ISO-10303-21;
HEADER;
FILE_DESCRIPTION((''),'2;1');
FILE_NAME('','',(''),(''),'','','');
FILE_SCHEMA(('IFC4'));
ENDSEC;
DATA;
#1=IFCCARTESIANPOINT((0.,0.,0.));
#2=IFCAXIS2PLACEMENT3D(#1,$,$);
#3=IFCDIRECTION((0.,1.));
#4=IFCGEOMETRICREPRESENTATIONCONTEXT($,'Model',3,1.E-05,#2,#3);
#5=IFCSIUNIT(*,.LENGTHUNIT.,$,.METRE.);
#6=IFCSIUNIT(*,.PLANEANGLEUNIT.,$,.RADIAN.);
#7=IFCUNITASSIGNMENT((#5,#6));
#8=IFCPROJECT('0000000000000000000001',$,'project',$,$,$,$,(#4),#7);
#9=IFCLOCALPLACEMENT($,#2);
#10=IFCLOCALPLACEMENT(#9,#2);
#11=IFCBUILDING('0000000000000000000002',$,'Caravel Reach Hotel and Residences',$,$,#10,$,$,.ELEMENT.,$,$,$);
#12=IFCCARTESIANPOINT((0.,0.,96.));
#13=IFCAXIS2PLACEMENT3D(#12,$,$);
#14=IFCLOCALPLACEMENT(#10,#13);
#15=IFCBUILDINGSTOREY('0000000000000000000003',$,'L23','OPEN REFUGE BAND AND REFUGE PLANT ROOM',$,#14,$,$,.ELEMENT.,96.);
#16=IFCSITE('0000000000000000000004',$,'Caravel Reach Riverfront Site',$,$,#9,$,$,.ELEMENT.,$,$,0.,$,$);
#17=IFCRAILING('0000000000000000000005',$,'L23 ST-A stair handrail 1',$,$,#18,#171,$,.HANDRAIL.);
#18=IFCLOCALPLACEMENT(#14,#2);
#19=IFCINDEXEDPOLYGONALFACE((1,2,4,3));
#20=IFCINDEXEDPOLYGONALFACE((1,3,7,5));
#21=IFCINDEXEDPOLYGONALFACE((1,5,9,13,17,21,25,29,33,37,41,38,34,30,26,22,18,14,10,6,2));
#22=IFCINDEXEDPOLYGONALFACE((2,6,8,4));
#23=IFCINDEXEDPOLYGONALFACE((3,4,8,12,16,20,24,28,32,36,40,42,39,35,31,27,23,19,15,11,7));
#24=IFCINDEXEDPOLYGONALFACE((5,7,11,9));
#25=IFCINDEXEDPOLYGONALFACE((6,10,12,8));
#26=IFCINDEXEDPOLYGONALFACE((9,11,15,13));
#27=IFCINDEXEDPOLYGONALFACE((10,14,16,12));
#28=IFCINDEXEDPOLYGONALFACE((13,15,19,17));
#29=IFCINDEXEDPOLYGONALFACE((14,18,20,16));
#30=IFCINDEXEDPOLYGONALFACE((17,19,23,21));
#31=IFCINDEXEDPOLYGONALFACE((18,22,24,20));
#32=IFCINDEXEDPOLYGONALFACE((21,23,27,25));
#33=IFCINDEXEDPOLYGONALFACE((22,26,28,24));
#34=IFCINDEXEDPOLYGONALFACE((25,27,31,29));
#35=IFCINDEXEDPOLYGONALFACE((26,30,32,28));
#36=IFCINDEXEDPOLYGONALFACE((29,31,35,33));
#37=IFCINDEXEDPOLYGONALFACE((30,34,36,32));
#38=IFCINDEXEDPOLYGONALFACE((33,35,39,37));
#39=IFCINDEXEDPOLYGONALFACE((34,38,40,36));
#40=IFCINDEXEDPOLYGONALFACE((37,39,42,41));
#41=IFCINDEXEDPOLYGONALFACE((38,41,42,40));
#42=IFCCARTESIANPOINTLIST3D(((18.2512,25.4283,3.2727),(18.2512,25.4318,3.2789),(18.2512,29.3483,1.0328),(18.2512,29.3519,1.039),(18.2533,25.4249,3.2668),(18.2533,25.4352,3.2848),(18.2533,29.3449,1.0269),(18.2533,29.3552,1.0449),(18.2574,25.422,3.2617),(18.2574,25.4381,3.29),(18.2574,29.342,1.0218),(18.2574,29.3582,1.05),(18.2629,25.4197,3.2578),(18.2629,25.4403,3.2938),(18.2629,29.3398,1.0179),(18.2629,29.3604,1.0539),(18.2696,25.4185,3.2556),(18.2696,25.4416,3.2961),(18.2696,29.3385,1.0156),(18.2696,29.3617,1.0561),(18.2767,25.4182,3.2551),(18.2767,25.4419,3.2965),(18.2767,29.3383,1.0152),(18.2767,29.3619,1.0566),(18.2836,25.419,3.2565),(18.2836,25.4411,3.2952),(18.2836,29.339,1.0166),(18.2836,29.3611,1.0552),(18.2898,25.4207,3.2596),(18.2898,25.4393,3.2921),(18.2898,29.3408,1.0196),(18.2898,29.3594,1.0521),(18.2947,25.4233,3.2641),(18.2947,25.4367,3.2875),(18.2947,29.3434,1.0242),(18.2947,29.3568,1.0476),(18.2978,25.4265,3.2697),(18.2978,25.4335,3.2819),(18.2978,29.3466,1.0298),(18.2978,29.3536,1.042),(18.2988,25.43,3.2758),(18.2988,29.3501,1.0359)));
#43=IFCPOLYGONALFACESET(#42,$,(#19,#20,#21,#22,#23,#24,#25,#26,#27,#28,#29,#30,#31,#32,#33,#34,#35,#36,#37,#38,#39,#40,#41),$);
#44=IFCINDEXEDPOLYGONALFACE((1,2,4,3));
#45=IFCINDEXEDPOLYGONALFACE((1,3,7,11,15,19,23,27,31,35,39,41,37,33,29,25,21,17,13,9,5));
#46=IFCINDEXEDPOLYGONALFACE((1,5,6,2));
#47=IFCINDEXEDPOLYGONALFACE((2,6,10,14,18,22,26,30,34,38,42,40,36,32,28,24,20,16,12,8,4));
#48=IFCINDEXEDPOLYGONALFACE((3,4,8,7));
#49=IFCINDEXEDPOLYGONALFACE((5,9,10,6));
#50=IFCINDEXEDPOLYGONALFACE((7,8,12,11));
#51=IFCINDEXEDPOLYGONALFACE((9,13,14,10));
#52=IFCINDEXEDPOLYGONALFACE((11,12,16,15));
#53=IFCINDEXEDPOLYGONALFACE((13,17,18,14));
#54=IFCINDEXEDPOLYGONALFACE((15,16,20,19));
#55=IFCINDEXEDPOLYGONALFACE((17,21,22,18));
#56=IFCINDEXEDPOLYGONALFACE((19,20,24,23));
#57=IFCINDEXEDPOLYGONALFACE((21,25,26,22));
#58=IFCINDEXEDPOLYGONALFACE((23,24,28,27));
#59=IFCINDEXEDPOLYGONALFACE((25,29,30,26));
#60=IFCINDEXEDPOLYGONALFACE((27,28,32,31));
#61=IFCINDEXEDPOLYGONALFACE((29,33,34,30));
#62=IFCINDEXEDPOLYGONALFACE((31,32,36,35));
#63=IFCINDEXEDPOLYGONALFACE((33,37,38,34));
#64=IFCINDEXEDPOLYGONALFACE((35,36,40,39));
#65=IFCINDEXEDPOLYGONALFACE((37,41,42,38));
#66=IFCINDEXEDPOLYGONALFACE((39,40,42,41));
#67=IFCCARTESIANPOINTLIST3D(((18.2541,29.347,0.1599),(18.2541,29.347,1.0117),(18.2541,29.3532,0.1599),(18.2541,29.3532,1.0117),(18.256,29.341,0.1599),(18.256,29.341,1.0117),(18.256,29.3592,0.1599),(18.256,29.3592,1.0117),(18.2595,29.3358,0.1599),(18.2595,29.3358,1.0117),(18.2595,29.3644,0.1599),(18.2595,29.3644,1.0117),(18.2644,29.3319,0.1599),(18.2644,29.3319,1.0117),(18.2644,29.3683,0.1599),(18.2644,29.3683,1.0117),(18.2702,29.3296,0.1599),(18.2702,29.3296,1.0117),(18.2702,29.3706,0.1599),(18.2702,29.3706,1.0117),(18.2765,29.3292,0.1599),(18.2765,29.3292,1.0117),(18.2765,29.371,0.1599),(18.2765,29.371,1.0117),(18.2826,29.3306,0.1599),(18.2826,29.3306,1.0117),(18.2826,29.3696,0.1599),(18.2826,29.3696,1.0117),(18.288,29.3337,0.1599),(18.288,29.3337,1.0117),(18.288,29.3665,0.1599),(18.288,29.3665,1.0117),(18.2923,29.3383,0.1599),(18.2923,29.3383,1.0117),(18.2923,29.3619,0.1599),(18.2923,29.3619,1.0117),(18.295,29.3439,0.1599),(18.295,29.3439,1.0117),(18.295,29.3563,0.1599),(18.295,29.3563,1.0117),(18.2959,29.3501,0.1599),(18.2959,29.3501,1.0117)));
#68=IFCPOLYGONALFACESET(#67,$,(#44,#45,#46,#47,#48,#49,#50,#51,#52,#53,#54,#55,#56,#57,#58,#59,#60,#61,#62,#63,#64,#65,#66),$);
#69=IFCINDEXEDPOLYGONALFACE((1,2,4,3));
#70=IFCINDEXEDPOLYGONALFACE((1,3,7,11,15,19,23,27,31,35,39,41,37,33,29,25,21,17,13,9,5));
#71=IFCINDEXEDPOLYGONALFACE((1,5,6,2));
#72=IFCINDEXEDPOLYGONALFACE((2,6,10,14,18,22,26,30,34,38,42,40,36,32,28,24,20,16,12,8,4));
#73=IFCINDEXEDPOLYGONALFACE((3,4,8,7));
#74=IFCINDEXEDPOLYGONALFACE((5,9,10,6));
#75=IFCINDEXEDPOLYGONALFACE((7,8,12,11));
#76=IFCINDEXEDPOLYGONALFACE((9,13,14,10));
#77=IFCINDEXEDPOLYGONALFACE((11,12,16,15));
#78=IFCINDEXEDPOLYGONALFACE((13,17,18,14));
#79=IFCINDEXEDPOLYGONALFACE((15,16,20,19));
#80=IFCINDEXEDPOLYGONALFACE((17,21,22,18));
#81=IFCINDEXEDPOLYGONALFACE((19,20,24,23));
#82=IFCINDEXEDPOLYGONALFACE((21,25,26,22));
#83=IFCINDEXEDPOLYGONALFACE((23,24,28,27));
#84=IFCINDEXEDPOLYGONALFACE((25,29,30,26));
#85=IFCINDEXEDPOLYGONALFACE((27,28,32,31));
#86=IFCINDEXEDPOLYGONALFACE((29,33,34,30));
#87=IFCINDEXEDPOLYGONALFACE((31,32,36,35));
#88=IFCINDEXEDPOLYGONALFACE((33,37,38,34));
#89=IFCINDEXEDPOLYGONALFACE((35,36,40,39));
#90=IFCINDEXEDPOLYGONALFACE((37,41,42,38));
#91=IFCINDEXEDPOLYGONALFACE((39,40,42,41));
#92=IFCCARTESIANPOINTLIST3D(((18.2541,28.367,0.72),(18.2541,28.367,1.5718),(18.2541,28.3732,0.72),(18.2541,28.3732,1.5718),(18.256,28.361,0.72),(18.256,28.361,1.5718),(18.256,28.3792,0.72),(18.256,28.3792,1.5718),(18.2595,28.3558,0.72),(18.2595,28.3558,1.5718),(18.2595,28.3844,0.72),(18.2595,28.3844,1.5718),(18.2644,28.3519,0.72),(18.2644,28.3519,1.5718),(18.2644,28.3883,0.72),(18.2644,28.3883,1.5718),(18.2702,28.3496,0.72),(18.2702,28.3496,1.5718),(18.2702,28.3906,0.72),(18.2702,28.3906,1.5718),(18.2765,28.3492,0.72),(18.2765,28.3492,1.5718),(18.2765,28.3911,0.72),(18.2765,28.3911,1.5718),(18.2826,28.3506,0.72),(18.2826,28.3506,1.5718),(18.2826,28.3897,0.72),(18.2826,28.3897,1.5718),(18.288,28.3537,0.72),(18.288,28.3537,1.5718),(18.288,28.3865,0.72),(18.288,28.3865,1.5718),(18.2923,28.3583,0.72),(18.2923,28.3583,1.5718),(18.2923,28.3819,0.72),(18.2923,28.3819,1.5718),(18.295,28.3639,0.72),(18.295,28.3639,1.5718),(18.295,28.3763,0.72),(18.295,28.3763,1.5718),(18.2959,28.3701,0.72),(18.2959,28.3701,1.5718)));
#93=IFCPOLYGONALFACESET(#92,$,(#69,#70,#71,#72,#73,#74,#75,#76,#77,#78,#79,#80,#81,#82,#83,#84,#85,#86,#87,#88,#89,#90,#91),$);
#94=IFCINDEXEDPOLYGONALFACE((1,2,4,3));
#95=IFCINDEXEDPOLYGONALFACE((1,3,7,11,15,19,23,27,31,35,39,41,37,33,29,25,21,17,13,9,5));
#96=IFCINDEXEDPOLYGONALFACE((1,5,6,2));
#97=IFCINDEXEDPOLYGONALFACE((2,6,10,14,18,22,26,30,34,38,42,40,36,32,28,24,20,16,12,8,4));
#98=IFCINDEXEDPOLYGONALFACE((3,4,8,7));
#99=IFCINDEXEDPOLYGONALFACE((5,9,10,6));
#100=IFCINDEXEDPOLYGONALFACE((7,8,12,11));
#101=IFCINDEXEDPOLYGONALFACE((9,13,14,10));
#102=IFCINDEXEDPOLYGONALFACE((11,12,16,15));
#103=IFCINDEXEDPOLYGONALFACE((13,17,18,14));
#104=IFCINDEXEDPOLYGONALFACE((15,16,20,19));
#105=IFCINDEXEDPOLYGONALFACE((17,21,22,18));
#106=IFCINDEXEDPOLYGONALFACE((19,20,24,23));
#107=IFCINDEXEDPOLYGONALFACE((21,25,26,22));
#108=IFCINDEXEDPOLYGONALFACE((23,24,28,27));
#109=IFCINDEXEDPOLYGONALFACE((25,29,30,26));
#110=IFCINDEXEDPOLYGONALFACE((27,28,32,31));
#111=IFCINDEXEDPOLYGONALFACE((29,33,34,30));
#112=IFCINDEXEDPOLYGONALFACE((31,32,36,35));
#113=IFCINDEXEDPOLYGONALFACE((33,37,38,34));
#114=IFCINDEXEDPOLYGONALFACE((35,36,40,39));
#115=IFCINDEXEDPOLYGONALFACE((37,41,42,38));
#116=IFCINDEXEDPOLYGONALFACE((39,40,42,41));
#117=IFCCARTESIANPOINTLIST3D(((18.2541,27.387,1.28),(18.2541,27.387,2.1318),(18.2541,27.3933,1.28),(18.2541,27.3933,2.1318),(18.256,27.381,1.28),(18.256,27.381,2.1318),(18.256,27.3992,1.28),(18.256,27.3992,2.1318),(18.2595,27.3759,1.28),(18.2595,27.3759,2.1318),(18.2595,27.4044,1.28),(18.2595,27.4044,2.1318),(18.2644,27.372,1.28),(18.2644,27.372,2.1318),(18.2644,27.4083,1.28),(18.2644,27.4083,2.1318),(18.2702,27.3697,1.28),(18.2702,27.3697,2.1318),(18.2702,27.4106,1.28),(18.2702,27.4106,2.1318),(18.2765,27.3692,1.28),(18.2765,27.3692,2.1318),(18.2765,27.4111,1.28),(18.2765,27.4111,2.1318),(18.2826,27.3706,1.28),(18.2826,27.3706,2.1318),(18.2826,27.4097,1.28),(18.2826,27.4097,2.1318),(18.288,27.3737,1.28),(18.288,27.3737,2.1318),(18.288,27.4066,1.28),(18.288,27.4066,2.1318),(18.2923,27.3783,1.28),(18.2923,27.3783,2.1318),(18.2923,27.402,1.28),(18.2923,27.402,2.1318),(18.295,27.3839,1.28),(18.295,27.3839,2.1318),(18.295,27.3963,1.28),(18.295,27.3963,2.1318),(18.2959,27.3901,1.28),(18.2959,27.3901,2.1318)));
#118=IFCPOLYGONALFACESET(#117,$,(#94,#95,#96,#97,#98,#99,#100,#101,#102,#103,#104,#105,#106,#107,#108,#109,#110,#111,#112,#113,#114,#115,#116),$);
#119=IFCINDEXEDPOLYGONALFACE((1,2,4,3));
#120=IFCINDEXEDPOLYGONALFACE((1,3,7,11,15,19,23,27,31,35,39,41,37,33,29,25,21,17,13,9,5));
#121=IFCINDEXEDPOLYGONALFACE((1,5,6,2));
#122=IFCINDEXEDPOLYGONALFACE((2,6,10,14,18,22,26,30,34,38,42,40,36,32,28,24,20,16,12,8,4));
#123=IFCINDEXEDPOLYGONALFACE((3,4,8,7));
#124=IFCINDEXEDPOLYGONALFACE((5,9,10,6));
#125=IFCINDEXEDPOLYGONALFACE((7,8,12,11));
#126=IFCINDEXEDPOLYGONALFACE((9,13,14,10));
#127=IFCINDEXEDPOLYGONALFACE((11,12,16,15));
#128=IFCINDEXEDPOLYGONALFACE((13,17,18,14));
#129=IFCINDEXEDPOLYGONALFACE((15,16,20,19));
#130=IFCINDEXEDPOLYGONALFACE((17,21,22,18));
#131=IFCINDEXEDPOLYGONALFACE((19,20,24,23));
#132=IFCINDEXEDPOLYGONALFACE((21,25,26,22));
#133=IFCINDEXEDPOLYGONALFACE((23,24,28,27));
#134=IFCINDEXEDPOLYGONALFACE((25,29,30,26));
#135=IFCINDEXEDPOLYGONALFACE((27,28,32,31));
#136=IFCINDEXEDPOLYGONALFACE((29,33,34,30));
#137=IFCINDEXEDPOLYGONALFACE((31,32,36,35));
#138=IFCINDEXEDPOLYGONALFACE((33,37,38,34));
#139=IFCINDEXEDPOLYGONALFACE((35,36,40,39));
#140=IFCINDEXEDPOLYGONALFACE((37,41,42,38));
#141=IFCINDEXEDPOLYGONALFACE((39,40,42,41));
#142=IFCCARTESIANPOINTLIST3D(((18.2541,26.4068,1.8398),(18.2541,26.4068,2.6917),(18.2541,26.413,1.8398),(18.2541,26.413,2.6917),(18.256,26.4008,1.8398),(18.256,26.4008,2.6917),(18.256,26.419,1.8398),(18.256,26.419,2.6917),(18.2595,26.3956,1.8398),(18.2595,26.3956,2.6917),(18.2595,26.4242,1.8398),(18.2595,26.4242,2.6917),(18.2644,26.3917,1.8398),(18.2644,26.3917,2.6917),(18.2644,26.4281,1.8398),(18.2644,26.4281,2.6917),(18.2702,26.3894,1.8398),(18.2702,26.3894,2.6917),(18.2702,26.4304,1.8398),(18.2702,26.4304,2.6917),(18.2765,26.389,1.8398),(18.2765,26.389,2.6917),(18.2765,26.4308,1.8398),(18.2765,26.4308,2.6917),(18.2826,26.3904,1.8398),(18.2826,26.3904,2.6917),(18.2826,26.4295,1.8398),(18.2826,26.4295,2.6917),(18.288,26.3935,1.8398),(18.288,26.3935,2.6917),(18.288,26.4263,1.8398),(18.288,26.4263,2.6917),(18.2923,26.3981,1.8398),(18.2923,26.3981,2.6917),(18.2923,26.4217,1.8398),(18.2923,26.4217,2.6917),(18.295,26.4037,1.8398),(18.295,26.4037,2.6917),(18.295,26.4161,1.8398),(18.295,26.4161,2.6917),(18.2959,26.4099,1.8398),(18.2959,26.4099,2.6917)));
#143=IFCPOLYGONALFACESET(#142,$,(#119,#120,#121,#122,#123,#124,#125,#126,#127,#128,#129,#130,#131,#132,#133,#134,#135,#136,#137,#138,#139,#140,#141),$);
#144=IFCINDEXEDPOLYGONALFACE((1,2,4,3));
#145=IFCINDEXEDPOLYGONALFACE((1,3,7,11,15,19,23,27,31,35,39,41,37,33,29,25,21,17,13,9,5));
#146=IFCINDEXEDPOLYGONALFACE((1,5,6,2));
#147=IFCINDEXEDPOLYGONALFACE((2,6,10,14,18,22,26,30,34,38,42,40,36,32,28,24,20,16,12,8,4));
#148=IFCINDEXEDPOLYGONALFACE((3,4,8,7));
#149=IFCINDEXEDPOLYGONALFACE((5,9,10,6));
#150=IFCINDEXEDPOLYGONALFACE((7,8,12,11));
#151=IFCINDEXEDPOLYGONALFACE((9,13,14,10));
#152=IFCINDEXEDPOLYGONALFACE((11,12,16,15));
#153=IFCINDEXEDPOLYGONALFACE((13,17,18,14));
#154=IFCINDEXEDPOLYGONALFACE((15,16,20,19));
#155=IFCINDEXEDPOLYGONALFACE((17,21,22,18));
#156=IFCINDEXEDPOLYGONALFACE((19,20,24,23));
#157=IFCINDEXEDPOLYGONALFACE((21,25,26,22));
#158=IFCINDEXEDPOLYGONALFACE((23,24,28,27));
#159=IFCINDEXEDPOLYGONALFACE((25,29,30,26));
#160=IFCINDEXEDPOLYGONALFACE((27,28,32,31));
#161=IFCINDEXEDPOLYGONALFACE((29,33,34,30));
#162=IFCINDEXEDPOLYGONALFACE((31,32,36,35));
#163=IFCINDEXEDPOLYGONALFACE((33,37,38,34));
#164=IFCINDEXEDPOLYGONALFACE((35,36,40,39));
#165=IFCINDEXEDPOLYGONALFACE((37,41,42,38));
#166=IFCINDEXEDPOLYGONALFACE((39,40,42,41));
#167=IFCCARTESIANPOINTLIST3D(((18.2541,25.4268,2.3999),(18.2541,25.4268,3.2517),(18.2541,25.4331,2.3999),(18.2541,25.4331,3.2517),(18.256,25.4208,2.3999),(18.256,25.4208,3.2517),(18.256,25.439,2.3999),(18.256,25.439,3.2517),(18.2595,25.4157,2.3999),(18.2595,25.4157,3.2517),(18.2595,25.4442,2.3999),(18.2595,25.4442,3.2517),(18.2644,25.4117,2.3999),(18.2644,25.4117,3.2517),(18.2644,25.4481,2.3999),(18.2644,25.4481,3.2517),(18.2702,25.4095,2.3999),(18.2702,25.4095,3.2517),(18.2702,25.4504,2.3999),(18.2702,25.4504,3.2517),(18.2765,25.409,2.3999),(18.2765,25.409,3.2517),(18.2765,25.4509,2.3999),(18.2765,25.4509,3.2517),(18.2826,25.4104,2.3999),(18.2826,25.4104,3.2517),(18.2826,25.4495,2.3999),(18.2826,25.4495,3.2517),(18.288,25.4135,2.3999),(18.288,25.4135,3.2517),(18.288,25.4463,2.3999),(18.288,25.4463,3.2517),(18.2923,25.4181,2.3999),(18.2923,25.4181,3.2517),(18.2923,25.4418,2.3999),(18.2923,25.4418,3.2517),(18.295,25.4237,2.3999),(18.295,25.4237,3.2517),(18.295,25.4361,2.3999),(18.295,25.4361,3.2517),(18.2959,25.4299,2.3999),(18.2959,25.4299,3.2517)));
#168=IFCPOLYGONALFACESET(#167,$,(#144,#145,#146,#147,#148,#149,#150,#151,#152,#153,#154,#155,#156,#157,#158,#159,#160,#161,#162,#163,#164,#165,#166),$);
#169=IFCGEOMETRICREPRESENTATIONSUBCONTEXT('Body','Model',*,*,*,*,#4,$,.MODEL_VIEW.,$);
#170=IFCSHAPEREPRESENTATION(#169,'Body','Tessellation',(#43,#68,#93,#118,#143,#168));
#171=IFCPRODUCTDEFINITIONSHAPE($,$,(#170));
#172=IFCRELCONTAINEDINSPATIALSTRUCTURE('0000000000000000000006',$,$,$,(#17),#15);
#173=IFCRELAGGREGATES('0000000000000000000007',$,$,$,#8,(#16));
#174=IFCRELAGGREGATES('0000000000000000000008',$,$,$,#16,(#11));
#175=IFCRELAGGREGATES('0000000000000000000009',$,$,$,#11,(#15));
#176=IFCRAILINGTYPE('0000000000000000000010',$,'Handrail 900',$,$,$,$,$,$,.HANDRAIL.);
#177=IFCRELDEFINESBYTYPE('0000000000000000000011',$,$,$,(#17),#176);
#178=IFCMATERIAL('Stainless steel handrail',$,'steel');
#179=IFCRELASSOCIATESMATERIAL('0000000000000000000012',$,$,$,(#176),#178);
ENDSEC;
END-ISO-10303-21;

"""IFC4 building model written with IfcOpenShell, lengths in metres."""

from ifc_helpers import new_model, si_unit, direction, frame, origin, origin_2d, place, context, subcontext, project, spatial, circle, extrude, material, type_object, element, save


model = new_model("IFC4")

# Units and contexts
model_context = context("Model", 3, precision=1e-05, world=origin(), true_north=direction((0.0, 1.0)))
body_context = subcontext(model_context, "Body", "Model", "MODEL_VIEW")
ifc_project = project(units=[si_unit("LENGTHUNIT", "METRE"), si_unit("PLANEANGLEUNIT", "RADIAN")], contexts=[model_context])

# Site, building, storey
site_placement = place(None, origin())
site = spatial("IfcSite", under=ifc_project, at=site_placement, Name="Caravel Reach Riverfront Site", CompositionType="ELEMENT", RefElevation=0.0)
building_placement = place(site_placement, origin())
building = spatial("IfcBuilding", under=site, at=building_placement, Name="Caravel Reach Hotel and Residences", CompositionType="ELEMENT")
storey_placement = place(building_placement, frame((0.0, 0.0, 96.0)))
storey = spatial("IfcBuildingStorey", under=building, at=storey_placement, Name="L23", Description="OPEN REFUGE BAND AND REFUGE PLANT ROOM", CompositionType="ELEMENT", Elevation=96.0)

# Railing
ifc_material_1 = material(Name="Stainless steel handrail", Category="steel")
railing_type_1 = type_object("IfcRailingType", Name="Handrail 900", PredefinedType="HANDRAIL", material=ifc_material_1)
railing_1_placement = place(storey_placement, frame((18.2749, 29.3501, 0.1599)))
element("IfcRailing", 1, at=railing_1_placement, inside=storey, type_object=railing_type_1, Name="L23 ST-A stair handrail 1", PredefinedType="HANDRAIL", context=body_context, shape_type="SweptSolid", body=[
    extrude(circle(Radius=0.0239, at=origin_2d()), frame((0.0, 0.0, 0.876), z_axis=(0.0, -0.868253, 0.496121), x_axis=(1.0, 0.0, 0.0)), (0.0, 0.0, 1.0), 4.5149),
    extrude(circle(Radius=0.021, at=origin_2d()), origin(), (0.0, 0.0, 1.0), 0.8518),
    extrude(circle(Radius=0.021, at=origin_2d()), frame((0.0, -0.98, 0.5601)), (0.0, 0.0, 1.0), 0.8518),
    extrude(circle(Radius=0.021, at=origin_2d()), frame((0.0, -1.96, 1.1201)), (0.0, 0.0, 1.0), 0.8518),
    extrude(circle(Radius=0.021, at=origin_2d()), frame((0.0, -2.9402, 1.6799)), (0.0, 0.0, 1.0), 0.8518),
    extrude(circle(Radius=0.021, at=origin_2d()), frame((0.0, -3.9202, 2.24)), (0.0, 0.0, 1.0), 0.8518),
])

save(model, "model.ifc")
